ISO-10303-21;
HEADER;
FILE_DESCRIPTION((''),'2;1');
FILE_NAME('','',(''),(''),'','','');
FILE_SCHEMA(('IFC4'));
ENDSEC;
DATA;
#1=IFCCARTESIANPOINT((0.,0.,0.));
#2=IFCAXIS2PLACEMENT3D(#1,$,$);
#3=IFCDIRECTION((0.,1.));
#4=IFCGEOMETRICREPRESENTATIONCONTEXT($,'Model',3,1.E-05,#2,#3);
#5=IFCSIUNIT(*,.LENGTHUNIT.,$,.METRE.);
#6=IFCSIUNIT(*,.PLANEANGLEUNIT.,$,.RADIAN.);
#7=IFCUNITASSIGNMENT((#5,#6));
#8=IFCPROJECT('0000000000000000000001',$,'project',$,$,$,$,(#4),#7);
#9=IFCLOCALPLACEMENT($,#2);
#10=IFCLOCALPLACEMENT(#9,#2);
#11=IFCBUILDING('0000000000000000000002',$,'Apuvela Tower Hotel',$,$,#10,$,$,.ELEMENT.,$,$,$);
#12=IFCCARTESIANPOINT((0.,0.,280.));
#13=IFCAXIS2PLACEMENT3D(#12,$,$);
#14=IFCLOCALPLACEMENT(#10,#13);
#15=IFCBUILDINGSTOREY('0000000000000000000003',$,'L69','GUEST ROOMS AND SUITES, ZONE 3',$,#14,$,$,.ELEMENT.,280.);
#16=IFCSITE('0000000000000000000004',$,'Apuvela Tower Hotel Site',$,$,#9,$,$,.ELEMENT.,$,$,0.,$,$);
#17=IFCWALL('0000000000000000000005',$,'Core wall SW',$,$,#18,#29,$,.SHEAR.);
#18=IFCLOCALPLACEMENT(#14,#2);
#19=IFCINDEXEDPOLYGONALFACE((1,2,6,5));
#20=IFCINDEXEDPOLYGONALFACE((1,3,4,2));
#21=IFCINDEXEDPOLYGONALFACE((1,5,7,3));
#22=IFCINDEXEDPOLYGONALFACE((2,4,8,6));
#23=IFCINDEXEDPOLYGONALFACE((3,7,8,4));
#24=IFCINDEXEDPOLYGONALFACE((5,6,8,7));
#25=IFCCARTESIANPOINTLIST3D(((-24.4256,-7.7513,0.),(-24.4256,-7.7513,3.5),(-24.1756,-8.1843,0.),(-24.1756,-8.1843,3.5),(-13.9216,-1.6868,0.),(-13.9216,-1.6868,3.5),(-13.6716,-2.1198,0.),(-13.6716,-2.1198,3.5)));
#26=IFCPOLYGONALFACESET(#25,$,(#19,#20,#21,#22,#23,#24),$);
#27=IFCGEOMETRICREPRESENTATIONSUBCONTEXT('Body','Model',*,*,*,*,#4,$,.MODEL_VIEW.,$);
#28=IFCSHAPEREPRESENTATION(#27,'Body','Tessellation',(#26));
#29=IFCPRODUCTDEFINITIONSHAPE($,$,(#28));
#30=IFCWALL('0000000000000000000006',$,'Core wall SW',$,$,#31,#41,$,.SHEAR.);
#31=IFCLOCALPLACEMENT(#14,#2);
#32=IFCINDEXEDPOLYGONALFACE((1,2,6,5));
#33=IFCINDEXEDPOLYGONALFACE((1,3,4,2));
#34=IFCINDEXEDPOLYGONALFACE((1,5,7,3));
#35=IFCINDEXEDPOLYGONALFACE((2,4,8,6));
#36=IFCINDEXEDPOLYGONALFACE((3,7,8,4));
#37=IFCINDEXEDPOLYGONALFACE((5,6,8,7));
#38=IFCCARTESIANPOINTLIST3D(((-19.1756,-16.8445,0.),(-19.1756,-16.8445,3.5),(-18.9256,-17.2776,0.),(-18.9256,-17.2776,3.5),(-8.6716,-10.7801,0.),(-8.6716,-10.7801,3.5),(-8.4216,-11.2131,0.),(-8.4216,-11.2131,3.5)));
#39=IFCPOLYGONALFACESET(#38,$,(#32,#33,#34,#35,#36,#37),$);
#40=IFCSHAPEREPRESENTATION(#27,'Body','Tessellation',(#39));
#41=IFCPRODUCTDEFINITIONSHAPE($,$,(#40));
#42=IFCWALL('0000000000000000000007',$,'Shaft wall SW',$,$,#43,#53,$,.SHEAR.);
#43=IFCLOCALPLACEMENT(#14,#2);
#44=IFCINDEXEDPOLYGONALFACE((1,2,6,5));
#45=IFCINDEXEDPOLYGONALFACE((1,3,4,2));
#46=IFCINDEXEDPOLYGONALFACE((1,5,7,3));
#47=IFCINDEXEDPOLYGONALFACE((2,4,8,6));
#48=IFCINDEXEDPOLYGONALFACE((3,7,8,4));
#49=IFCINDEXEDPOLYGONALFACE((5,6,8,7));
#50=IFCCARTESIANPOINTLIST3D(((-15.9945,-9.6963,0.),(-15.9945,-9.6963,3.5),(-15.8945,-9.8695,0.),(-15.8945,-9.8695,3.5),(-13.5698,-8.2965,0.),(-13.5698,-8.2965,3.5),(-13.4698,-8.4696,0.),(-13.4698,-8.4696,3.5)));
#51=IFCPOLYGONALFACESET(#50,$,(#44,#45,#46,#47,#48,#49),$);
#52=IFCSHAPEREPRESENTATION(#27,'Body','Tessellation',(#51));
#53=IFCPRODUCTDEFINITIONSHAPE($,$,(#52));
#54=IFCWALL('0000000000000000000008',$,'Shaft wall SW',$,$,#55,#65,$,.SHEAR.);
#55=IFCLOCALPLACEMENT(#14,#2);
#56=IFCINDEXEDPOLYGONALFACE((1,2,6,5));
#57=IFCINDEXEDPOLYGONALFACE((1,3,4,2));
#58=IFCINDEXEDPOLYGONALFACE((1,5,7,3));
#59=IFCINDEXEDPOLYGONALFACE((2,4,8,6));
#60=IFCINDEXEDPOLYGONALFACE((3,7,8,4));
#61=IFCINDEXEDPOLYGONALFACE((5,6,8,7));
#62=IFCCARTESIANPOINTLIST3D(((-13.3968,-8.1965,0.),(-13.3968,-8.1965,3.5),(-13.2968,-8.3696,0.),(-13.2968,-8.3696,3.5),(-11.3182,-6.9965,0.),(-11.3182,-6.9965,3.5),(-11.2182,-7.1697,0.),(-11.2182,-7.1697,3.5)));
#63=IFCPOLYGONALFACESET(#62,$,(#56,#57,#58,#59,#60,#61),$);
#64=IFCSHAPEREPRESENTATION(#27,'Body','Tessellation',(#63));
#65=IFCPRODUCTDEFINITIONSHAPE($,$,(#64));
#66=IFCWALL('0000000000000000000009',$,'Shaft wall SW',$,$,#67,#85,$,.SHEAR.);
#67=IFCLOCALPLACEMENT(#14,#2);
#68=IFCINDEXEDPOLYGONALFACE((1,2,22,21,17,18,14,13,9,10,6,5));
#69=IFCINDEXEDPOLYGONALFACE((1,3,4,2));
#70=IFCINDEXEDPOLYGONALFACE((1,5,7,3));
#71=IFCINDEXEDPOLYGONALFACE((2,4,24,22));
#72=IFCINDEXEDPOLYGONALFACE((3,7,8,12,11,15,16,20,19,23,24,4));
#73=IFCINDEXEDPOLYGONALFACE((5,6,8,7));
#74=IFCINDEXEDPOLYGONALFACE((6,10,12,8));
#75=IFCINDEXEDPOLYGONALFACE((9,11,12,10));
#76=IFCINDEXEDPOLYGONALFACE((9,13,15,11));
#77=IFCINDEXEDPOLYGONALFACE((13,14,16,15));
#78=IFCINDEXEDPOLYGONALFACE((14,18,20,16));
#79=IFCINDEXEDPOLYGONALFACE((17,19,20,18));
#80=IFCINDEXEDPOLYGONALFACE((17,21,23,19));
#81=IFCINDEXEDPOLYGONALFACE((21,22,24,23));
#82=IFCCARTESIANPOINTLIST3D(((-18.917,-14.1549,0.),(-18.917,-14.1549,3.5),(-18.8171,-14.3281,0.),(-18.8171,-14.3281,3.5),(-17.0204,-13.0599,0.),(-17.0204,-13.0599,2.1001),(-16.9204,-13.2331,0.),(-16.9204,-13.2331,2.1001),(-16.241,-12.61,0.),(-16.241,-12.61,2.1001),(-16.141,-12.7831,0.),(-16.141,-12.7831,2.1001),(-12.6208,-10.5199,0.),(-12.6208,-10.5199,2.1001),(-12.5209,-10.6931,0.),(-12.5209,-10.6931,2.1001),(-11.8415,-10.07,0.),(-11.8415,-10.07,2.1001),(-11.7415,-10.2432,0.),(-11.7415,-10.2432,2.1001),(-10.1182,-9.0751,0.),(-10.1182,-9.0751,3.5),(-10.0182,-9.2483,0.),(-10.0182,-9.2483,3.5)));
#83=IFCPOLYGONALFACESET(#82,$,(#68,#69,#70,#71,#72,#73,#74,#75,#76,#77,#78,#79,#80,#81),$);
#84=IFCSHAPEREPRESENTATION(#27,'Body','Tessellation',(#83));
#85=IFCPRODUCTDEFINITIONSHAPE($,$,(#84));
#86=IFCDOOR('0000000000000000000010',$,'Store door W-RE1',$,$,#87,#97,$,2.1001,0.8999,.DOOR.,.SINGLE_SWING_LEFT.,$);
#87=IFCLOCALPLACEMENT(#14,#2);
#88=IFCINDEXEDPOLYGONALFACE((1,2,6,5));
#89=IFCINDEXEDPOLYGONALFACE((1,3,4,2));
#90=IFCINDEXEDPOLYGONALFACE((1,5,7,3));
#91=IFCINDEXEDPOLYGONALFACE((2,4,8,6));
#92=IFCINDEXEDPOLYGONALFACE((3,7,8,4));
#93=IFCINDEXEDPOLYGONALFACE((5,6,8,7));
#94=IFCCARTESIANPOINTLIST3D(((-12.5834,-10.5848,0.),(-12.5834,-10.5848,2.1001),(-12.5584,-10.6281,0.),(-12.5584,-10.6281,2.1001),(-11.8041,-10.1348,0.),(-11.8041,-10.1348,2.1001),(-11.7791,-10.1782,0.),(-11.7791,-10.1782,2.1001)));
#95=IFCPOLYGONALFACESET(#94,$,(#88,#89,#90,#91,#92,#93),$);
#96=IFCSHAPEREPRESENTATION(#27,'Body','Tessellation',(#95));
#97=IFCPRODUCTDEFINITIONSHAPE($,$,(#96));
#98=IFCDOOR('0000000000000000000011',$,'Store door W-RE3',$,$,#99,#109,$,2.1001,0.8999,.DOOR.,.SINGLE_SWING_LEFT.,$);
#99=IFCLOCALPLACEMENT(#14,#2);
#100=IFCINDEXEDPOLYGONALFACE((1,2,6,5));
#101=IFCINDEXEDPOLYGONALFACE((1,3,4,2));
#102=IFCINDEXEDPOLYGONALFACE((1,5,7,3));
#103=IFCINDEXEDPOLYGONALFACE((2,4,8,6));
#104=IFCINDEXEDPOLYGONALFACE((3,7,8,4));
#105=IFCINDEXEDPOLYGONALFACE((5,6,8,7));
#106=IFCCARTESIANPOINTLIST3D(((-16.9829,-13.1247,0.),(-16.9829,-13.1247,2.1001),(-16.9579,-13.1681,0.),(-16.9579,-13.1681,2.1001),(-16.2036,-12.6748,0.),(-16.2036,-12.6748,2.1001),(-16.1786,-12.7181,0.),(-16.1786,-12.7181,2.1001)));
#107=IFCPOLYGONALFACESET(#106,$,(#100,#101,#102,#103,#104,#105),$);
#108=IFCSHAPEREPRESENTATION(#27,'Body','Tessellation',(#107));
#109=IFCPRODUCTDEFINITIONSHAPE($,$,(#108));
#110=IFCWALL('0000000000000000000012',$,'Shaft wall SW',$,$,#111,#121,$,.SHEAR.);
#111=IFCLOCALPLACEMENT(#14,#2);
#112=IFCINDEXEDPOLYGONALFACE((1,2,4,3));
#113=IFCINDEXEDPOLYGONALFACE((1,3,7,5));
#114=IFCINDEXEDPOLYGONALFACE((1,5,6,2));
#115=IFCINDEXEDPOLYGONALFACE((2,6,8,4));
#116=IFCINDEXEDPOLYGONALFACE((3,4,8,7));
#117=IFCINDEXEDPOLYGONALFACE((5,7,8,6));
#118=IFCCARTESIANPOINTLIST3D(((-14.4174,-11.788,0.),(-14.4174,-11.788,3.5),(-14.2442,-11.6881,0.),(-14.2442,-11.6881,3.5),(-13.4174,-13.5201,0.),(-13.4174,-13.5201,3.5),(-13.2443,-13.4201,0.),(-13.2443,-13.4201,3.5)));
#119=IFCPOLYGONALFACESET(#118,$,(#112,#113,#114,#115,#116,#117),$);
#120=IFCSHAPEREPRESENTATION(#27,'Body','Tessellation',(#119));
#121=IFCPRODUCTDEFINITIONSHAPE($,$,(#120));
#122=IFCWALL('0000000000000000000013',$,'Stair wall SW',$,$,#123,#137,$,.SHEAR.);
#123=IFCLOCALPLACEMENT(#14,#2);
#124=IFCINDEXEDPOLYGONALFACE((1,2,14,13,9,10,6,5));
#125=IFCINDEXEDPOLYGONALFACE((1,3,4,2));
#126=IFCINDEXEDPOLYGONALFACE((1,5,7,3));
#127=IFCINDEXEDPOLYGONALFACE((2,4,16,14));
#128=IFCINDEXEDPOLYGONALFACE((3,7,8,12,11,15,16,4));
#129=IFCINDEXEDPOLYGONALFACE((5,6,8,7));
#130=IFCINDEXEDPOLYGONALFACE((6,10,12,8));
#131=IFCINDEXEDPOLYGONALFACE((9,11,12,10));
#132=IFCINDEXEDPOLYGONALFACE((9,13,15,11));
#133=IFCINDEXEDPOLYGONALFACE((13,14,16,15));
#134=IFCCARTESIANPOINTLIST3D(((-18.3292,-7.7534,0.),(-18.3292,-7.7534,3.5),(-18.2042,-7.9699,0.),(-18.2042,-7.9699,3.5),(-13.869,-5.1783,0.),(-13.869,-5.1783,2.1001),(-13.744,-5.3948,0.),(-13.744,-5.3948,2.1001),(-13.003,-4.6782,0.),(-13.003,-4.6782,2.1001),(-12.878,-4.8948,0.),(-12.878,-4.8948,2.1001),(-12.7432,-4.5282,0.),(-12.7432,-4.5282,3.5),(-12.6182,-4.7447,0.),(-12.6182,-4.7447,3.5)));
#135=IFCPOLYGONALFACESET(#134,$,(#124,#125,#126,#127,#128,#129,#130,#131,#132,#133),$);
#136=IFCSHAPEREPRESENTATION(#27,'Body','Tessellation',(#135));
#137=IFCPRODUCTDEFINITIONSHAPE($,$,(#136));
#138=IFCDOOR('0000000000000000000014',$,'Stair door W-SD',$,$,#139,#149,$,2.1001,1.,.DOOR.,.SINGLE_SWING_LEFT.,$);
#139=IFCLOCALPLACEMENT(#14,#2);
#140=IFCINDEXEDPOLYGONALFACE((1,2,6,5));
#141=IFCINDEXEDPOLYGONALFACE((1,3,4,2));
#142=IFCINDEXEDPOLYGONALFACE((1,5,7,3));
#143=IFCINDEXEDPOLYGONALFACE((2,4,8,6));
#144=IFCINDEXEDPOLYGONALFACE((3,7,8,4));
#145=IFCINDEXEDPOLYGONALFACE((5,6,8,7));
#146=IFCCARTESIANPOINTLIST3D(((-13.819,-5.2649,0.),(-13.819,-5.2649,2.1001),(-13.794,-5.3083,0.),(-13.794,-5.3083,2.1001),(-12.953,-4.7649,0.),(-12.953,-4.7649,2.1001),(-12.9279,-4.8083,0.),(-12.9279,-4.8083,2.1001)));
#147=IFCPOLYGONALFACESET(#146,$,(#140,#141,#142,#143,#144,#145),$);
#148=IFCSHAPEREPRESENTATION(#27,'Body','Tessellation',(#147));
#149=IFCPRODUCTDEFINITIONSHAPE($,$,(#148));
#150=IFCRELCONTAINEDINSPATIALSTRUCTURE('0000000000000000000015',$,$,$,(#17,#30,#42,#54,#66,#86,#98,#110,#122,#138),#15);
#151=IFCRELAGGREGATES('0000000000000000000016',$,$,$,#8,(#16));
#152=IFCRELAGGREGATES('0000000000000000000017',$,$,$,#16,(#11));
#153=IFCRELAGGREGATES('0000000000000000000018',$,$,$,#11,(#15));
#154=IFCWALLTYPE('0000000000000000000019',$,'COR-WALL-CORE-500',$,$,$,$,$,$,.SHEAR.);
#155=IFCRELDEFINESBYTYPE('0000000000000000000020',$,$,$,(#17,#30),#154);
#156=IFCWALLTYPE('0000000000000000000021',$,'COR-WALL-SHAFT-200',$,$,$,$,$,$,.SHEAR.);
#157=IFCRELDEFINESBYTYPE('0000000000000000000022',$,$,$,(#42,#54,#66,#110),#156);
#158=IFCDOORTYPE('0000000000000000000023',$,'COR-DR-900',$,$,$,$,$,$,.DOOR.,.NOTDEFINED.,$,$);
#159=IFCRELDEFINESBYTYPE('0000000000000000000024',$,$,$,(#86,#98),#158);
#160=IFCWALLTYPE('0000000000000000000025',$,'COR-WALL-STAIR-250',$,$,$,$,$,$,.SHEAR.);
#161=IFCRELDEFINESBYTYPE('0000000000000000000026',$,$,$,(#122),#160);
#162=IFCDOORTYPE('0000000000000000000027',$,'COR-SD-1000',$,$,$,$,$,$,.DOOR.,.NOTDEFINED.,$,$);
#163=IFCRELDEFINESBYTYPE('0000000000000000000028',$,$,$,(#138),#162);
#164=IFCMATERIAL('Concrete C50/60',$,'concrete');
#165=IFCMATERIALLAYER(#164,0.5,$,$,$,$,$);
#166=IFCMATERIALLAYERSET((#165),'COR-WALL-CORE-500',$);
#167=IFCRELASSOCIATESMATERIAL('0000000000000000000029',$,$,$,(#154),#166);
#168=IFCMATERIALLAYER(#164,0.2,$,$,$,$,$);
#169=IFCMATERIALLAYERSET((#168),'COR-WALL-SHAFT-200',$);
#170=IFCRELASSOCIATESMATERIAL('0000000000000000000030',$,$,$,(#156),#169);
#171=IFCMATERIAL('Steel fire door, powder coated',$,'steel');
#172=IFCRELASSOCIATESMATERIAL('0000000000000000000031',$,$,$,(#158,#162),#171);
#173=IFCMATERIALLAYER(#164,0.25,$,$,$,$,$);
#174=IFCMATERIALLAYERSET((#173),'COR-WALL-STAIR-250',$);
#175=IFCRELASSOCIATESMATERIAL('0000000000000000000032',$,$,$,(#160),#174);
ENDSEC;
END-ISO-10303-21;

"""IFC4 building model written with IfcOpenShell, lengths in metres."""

from ifc_helpers import new_model, si_unit, direction, frame, frame_2d, origin, place, context, subcontext, project, spatial, rectangle, extrude, material, layer, layer_set, type_object, element, fill, save


model = new_model("IFC4")

# Units and contexts
model_context = context("Model", 3, precision=1e-05, world=origin(), true_north=direction((0.0, 1.0)))
body_context = subcontext(model_context, "Body", "Model", "MODEL_VIEW")
ifc_project = project(units=[si_unit("LENGTHUNIT", "METRE"), si_unit("PLANEANGLEUNIT", "RADIAN")], contexts=[model_context])

# Site, building, storey
site_placement = place(None, origin())
site = spatial("IfcSite", under=ifc_project, at=site_placement, Name="Apuvela Tower Hotel Site", CompositionType="ELEMENT", RefElevation=0.0)
building_placement = place(site_placement, origin())
building = spatial("IfcBuilding", under=site, at=building_placement, Name="Apuvela Tower Hotel", CompositionType="ELEMENT")
storey_placement = place(building_placement, frame((0.0, 0.0, 280.0)))
storey = spatial("IfcBuildingStorey", under=building, at=storey_placement, Name="L69", Description="GUEST ROOMS AND SUITES, ZONE 3", CompositionType="ELEMENT", Elevation=280.0)

# Shared definitions
ifc_material_1 = material(Name="Concrete C50/60", Category="concrete")
ifc_material_2 = material(Name="Steel fire door, powder coated", Category="steel")

# Walls
ifc_layer_1 = layer(ifc_material_1, 0.5)
ifc_layer_set_1 = layer_set([ifc_layer_1], Name="COR-WALL-CORE-500")
wall_type_1 = type_object("IfcWallType", Name="COR-WALL-CORE-500", PredefinedType="SHEAR", material=ifc_layer_set_1)
for number, where, z_axis, x_axis, name in (
    (1, (-13.7966, -1.9033, 0.0), (0.0, 0.0, 1.0), (-0.866025, -0.500001, 0.0), "Core wall SW"),
    (2, (-8.5466, -10.9966, 0.0), (0.0, 0.0, 1.0), (-0.866025, -0.500001, 0.0), "Core wall SW"),
):
    element("IfcWall", number, at=place(storey_placement, frame(where, z_axis=z_axis, x_axis=x_axis)), inside=storey, type_object=wall_type_1, Name=name, PredefinedType="SHEAR", context=body_context, shape_type="SweptSolid", body=[
        extrude(rectangle(XDim=12.1289, YDim=0.5, at=frame_2d((6.0645, 0.0))), origin(), (0.0, 0.0, 1.0), 3.5),
    ])
ifc_layer_2 = layer(ifc_material_1, 0.2)
ifc_layer_set_2 = layer_set([ifc_layer_2], Name="COR-WALL-SHAFT-200")
wall_type_2 = type_object("IfcWallType", Name="COR-WALL-SHAFT-200", PredefinedType="SHEAR", material=ifc_layer_set_2)
wall_1_placement = place(storey_placement, frame((-13.5198, -8.3831, 0.0), z_axis=(0.0, 0.0, 1.0), x_axis=(-0.866035, -0.499984, 0.0)))
element("IfcWall", 3, at=wall_1_placement, inside=storey, type_object=wall_type_2, Name="Shaft wall SW", PredefinedType="SHEAR", context=body_context, shape_type="SweptSolid", body=[
    extrude(rectangle(XDim=2.7998, YDim=0.2, at=frame_2d((1.3999, 0.0))), origin(), (0.0, 0.0, 1.0), 3.5),
])
wall_2_placement = place(storey_placement, frame((-11.2681, -7.083, 0.0), z_axis=(0.0, 0.0, 1.0), x_axis=(-0.86605, -0.499957, 0.0)))
element("IfcWall", 4, at=wall_2_placement, inside=storey, type_object=wall_type_2, Name="Shaft wall SW", PredefinedType="SHEAR", context=body_context, shape_type="SweptSolid", body=[
    extrude(rectangle(XDim=2.4001, YDim=0.2, at=frame_2d((1.2002, 0.0))), origin(), (0.0, 0.0, 1.0), 3.5),
])

# Wall, openings, doors
wall_3_placement = place(storey_placement, frame((-10.0681, -9.1616, 0.0), z_axis=(0.0, 0.0, 1.0), x_axis=(-0.866033, -0.499987, 0.0)))
wall_3 = element("IfcWall", 5, at=wall_3_placement, inside=storey, type_object=wall_type_2, Name="Shaft wall SW", PredefinedType="SHEAR", context=body_context, shape_type="SweptSolid", body=[
    extrude(rectangle(XDim=10.1599, YDim=0.2, at=frame_2d((5.0801, 0.0))), origin(), (0.0, 0.0, 1.0), 3.5),
])
opening_1_placement = place(wall_3_placement, frame((1.99, 0.0, 0.0)))
opening_1 = element("IfcOpeningElement", 6, at=opening_1_placement, cuts=wall_3, PredefinedType="OPENING", context=body_context, shape_type="SweptSolid", body=[
    extrude(rectangle(XDim=0.8999, YDim=2.1001, at=frame_2d((0.45, 1.05))), frame((0.0, 0.1099, 0.0), z_axis=(0.0, -1.0, 0.0), x_axis=(1.0, 0.0, 0.0)), (0.0, 0.0, 1.0), 0.22),
])
opening_2_placement = place(wall_3_placement, frame((7.0701, 0.0, 0.0)))
opening_2 = element("IfcOpeningElement", 7, at=opening_2_placement, cuts=wall_3, PredefinedType="OPENING", context=body_context, shape_type="SweptSolid", body=[
    extrude(rectangle(XDim=0.8999, YDim=2.1001, at=frame_2d((0.45, 1.05))), frame((0.0, 0.1099, 0.0), z_axis=(0.0, -1.0, 0.0), x_axis=(1.0, 0.0, 0.0)), (0.0, 0.0, 1.0), 0.22),
])
door_type_1 = type_object("IfcDoorType", Name="COR-DR-900", OperationType="NOTDEFINED", PredefinedType="DOOR", material=ifc_material_2)
door_1_placement = place(opening_1_placement, origin())
door_1 = element("IfcDoor", 8, at=door_1_placement, inside=storey, type_object=door_type_1, Name="Store door W-RE1", OperationType="SINGLE_SWING_LEFT", OverallHeight=2.1001, OverallWidth=0.8999, PredefinedType="DOOR", context=body_context, shape_type="SweptSolid", body=[
    extrude(rectangle(XDim=0.8999, YDim=2.1001, at=frame_2d((0.45, 1.05))), frame((0.0, 0.0249, 0.0), z_axis=(0.0, -1.0, 0.0), x_axis=(1.0, 0.0, 0.0)), (0.0, 0.0, 1.0), 0.05),
])
fill(opening_1, door_1)
door_2_placement = place(opening_2_placement, origin())
door_2 = element("IfcDoor", 9, at=door_2_placement, inside=storey, type_object=door_type_1, Name="Store door W-RE3", OperationType="SINGLE_SWING_LEFT", OverallHeight=2.1001, OverallWidth=0.8999, PredefinedType="DOOR", context=body_context, shape_type="SweptSolid", body=[
    extrude(rectangle(XDim=0.8999, YDim=2.1001, at=frame_2d((0.45, 1.05))), frame((0.0, 0.0249, 0.0), z_axis=(0.0, -1.0, 0.0), x_axis=(1.0, 0.0, 0.0)), (0.0, 0.0, 1.0), 0.05),
])
fill(opening_2, door_2)

# Wall
wall_4_placement = place(storey_placement, frame((-14.3308, -11.738, 0.0), z_axis=(0.0, 0.0, 1.0), x_axis=(0.499973, -0.866041, 0.0)))
element("IfcWall", 10, at=wall_4_placement, inside=storey, type_object=wall_type_2, Name="Shaft wall SW", PredefinedType="SHEAR", context=body_context, shape_type="SweptSolid", body=[
    extrude(rectangle(XDim=2.0, YDim=0.2, at=frame_2d((1.0, 0.0))), origin(), (0.0, 0.0, 1.0), 3.5),
])

# Wall, opening, door
ifc_layer_3 = layer(ifc_material_1, 0.25)
ifc_layer_set_3 = layer_set([ifc_layer_3], Name="COR-WALL-STAIR-250")
wall_type_3 = type_object("IfcWallType", Name="COR-WALL-STAIR-250", PredefinedType="SHEAR", material=ifc_layer_set_3)
wall_5_placement = place(storey_placement, frame((-12.6807, -4.6365, 0.0), z_axis=(0.0, 0.0, 1.0), x_axis=(-0.866022, -0.500006, 0.0)))
wall_5 = element("IfcWall", 11, at=wall_5_placement, inside=storey, type_object=wall_type_3, Name="Stair wall SW", PredefinedType="SHEAR", context=body_context, shape_type="SweptSolid", body=[
    extrude(rectangle(XDim=6.4502, YDim=0.25, at=frame_2d((3.2251, 0.0))), origin(), (0.0, 0.0, 1.0), 3.5),
])
opening_3_placement = place(wall_5_placement, frame((0.3, 0.0, 0.0)))
opening_3 = element("IfcOpeningElement", 12, at=opening_3_placement, cuts=wall_5, PredefinedType="OPENING", context=body_context, shape_type="SweptSolid", body=[
    extrude(rectangle(XDim=1.0, YDim=2.1001, at=frame_2d((0.5, 1.05))), frame((0.0, 0.135, 0.0), z_axis=(0.0, -1.0, 0.0), x_axis=(1.0, 0.0, 0.0)), (0.0, 0.0, 1.0), 0.27),
])
door_type_2 = type_object("IfcDoorType", Name="COR-SD-1000", OperationType="NOTDEFINED", PredefinedType="DOOR", material=ifc_material_2)
door_3_placement = place(opening_3_placement, frame((1.0, 0.0, 0.0), z_axis=(0.0, 0.0, 1.0), x_axis=(-1.0, 0.0, 0.0)))
door_3 = element("IfcDoor", 13, at=door_3_placement, inside=storey, type_object=door_type_2, Name="Stair door W-SD", OperationType="SINGLE_SWING_LEFT", OverallHeight=2.1001, OverallWidth=1.0, PredefinedType="DOOR", context=body_context, shape_type="SweptSolid", body=[
    extrude(rectangle(XDim=1.0, YDim=2.1001, at=frame_2d((0.5, 1.05))), frame((0.0, 0.0249, 0.0), z_axis=(0.0, -1.0, 0.0), x_axis=(1.0, 0.0, 0.0)), (0.0, 0.0, 1.0), 0.05),
])
fill(opening_3, door_3)

save(model, "model.ifc")
